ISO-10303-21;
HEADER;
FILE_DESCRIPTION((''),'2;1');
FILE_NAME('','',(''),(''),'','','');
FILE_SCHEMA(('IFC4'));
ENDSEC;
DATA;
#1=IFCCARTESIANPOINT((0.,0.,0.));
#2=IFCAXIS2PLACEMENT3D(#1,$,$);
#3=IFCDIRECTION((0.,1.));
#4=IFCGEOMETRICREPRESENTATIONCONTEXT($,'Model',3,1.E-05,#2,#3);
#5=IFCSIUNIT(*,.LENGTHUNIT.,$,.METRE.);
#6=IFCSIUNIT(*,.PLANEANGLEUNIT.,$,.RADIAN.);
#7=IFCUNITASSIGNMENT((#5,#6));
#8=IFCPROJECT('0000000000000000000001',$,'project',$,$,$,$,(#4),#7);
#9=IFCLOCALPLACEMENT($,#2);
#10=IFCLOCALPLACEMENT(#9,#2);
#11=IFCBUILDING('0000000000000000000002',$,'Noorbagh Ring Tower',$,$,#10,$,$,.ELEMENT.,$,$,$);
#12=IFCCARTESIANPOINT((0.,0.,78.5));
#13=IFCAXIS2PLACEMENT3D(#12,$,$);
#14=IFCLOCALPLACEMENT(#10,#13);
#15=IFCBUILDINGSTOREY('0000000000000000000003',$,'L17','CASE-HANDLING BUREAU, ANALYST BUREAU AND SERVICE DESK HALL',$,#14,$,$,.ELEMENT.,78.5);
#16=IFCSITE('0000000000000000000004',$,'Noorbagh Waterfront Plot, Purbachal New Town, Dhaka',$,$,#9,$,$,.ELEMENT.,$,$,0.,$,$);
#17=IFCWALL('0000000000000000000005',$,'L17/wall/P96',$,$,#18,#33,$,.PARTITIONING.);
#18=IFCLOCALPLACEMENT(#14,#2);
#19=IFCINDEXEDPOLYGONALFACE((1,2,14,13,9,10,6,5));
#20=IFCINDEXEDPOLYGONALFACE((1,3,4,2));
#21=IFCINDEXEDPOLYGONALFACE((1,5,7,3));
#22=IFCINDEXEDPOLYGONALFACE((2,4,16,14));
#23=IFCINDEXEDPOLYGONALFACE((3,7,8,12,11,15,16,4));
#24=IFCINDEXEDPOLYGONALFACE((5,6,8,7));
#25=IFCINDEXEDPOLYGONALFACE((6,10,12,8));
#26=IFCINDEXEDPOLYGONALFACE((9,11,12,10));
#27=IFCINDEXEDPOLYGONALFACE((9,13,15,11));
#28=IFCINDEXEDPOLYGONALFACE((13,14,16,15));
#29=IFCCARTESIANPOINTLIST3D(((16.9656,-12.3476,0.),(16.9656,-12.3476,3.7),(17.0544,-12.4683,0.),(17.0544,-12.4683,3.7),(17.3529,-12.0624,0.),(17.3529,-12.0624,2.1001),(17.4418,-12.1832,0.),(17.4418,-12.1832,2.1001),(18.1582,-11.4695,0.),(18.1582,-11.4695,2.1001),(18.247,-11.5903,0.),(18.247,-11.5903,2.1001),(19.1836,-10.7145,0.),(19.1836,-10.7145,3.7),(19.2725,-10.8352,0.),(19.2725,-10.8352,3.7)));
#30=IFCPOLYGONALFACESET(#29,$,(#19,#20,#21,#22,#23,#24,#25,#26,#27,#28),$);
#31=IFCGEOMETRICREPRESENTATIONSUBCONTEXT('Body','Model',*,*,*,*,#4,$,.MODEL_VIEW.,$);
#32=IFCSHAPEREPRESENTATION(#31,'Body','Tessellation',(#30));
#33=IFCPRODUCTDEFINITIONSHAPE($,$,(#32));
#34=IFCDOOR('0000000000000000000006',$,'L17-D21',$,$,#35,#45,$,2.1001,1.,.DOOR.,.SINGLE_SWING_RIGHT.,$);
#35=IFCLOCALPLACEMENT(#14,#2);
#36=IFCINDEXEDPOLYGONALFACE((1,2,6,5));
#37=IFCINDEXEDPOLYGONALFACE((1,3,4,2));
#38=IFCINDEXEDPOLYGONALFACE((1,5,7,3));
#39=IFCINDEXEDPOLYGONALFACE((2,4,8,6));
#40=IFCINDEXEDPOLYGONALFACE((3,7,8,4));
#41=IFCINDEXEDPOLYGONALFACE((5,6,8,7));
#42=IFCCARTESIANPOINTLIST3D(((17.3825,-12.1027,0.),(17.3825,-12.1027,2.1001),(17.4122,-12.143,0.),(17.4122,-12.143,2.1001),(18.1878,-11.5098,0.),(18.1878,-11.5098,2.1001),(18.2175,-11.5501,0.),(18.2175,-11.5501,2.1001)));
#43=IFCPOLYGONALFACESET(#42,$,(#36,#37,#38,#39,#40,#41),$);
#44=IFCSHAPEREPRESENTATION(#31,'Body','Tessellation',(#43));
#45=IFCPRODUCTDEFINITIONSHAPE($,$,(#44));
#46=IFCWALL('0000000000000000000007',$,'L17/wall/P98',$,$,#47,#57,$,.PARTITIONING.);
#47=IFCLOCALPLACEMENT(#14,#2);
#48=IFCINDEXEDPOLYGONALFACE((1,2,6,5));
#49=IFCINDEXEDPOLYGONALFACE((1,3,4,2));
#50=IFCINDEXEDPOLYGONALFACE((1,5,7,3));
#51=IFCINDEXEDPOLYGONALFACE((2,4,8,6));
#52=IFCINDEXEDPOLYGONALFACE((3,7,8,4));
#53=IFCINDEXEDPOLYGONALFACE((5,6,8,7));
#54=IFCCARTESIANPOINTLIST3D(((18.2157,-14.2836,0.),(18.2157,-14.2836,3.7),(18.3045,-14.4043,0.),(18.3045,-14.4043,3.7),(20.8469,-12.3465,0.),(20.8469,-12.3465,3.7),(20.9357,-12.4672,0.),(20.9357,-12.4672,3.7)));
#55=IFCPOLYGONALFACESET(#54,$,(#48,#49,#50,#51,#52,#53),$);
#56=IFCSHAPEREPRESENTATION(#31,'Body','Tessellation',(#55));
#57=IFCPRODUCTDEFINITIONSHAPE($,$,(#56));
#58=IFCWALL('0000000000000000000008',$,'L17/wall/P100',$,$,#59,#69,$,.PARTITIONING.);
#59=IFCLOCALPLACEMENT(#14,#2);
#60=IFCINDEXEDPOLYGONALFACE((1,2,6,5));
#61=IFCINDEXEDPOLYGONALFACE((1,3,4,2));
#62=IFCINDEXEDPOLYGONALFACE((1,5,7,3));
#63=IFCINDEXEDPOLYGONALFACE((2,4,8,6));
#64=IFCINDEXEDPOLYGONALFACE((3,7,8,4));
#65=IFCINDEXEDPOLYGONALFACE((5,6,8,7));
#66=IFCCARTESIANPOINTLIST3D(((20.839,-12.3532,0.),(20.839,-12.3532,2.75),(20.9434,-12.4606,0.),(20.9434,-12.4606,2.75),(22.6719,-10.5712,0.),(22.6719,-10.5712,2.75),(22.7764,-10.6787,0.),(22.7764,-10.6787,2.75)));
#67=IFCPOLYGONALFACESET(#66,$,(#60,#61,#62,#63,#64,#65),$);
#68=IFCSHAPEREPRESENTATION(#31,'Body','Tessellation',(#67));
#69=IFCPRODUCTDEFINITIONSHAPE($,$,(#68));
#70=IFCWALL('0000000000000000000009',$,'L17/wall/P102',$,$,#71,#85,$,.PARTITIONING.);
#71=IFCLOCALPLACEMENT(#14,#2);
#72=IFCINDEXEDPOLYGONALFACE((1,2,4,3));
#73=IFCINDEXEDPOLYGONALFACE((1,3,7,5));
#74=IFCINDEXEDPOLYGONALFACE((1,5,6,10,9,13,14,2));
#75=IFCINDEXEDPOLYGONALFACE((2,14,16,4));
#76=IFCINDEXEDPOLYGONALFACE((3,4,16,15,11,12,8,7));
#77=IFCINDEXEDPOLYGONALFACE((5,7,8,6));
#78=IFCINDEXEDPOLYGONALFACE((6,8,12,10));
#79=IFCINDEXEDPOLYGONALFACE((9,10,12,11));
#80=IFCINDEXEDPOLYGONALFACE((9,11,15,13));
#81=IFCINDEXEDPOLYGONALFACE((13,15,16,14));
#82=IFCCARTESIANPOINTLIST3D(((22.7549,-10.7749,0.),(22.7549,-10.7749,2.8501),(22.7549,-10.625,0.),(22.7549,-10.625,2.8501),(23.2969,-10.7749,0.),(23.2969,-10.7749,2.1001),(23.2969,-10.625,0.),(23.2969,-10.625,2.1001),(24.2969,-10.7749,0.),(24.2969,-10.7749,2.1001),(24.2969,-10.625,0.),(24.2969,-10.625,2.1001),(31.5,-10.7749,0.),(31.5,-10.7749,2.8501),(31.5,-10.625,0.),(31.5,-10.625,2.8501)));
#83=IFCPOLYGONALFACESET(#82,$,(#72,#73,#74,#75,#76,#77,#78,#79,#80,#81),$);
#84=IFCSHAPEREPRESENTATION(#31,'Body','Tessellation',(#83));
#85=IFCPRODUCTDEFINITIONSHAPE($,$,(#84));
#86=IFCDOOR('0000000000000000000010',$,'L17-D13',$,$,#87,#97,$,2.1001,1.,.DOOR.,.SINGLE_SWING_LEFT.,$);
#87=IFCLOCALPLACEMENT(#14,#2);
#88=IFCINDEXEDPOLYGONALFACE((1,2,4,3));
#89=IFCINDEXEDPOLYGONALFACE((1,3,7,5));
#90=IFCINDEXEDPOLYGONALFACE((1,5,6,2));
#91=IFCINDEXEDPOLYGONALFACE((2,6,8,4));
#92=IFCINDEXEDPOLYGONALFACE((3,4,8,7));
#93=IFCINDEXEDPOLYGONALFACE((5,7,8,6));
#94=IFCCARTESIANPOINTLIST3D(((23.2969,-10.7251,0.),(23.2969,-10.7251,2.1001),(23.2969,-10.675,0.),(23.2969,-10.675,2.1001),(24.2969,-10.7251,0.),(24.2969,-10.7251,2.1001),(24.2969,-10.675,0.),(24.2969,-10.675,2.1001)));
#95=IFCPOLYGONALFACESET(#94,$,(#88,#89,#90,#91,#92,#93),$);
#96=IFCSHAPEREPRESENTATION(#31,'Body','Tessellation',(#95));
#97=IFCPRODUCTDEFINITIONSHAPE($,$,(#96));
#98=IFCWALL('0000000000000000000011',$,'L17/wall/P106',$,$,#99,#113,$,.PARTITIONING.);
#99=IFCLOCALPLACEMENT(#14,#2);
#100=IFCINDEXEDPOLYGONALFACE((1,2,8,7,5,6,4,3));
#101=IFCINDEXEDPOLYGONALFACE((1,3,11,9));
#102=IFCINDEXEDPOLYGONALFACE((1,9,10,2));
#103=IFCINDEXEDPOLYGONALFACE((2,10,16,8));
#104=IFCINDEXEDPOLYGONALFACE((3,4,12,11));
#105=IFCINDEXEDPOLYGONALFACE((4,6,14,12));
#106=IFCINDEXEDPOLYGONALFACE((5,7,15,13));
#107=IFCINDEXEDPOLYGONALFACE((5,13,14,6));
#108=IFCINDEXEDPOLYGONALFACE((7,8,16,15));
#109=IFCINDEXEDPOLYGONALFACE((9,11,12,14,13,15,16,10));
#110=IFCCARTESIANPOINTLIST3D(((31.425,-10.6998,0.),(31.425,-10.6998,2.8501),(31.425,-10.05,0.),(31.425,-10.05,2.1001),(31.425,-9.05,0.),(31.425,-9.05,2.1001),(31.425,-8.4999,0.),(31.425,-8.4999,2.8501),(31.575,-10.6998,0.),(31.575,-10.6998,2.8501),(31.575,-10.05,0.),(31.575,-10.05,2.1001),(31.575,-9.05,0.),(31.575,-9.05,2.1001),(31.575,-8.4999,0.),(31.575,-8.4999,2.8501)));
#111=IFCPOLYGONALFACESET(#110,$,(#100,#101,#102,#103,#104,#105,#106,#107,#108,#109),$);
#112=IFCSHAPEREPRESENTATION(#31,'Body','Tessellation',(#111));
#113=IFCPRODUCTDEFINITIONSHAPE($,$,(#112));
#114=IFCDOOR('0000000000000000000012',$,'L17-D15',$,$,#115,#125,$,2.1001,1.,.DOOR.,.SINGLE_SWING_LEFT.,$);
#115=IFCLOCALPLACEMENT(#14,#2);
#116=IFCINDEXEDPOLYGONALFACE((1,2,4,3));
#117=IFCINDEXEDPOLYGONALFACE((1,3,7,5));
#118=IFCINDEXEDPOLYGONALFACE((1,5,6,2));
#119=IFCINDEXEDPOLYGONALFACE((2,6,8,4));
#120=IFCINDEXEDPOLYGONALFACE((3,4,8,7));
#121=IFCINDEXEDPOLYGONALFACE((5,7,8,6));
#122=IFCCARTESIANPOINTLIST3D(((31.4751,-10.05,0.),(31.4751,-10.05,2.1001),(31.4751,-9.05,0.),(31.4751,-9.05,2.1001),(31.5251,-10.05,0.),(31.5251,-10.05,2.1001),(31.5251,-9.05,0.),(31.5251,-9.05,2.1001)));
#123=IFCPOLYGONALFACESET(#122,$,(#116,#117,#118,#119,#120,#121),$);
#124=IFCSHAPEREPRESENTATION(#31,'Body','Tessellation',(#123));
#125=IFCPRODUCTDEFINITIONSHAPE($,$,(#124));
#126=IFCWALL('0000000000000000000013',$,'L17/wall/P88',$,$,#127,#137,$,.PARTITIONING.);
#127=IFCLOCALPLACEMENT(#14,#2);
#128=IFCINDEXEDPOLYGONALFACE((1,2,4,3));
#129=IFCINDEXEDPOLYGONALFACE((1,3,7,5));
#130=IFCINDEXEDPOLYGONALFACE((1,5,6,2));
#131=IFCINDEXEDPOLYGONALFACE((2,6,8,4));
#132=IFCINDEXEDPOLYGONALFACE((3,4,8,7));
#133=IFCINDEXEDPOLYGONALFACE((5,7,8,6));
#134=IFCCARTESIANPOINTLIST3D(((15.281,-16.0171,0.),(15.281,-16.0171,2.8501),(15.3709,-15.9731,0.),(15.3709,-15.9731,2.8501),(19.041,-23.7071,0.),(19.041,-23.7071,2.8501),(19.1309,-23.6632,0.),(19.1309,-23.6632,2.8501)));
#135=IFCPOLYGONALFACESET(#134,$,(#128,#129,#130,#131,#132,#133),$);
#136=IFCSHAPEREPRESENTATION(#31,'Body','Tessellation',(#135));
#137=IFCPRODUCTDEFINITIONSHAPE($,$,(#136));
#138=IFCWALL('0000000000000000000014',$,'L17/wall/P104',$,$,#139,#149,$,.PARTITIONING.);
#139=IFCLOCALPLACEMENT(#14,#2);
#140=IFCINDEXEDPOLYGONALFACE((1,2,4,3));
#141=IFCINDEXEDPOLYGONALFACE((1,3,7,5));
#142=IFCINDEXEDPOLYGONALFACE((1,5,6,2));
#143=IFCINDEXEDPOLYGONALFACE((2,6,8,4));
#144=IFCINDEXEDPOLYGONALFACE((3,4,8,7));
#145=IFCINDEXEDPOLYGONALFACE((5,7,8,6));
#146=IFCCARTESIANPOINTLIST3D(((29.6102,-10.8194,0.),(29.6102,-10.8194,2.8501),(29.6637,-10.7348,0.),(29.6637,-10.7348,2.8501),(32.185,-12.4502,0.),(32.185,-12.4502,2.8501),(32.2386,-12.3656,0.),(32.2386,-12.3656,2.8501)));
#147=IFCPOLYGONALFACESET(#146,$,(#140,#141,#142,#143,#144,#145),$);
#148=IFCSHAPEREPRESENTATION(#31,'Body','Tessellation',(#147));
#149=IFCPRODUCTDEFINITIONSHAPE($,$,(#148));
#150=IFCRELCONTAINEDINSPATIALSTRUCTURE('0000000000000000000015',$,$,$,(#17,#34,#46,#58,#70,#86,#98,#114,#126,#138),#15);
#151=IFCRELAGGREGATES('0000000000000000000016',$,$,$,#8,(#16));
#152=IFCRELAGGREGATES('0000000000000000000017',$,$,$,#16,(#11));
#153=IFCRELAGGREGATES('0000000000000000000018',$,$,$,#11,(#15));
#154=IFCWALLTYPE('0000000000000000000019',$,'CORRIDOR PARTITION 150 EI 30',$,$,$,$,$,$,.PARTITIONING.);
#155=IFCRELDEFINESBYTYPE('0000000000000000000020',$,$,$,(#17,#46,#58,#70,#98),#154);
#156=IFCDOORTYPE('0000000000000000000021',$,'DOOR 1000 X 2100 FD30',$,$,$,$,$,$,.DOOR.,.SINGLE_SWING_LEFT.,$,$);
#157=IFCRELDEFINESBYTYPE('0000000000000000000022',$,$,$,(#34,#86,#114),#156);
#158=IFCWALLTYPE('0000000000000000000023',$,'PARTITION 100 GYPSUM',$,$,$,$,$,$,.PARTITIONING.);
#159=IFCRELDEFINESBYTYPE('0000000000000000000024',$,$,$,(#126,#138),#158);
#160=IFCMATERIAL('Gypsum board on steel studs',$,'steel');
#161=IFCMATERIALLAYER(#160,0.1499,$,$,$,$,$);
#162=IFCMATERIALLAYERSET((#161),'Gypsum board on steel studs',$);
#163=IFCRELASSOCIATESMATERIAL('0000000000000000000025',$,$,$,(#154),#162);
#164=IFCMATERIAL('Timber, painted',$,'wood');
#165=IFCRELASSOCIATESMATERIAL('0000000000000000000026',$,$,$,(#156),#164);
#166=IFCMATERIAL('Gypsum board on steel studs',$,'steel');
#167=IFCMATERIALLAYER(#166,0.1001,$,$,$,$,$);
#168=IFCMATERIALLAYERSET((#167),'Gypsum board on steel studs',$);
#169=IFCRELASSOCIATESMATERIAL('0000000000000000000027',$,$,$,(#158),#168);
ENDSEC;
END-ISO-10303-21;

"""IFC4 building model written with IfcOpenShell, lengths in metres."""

from ifc_helpers import new_model, si_unit, direction, frame, frame_2d, origin, place, context, subcontext, project, spatial, rectangle, extrude, material, layer, layer_set, type_object, element, fill, save


model = new_model("IFC4")

# Units and contexts
model_context = context("Model", 3, precision=1e-05, world=origin(), true_north=direction((0.0, 1.0)))
body_context = subcontext(model_context, "Body", "Model", "MODEL_VIEW")
ifc_project = project(units=[si_unit("LENGTHUNIT", "METRE"), si_unit("PLANEANGLEUNIT", "RADIAN")], contexts=[model_context])

# Site, building, storey
site_placement = place(None, origin())
site = spatial("IfcSite", under=ifc_project, at=site_placement, Name="Noorbagh Waterfront Plot, Purbachal New Town, Dhaka", CompositionType="ELEMENT", RefElevation=0.0)
building_placement = place(site_placement, origin())
building = spatial("IfcBuilding", under=site, at=building_placement, Name="Noorbagh Ring Tower", CompositionType="ELEMENT")
storey_placement = place(building_placement, frame((0.0, 0.0, 78.5)))
storey = spatial("IfcBuildingStorey", under=building, at=storey_placement, Name="L17", Description="CASE-HANDLING BUREAU, ANALYST BUREAU AND SERVICE DESK HALL", CompositionType="ELEMENT", Elevation=78.5)

# Shared definitions
ifc_material_1 = material(Name="Gypsum board on steel studs", Category="steel")
ifc_layer_1 = layer(ifc_material_1, 0.1499)
ifc_layer_set_1 = layer_set([ifc_layer_1], Name="Gypsum board on steel studs")
wall_type_1 = type_object("IfcWallType", Name="CORRIDOR PARTITION 150 EI 30", PredefinedType="PARTITIONING", material=ifc_layer_set_1)

# Wall, opening, door
wall_1_placement = place(storey_placement, frame((17.01, -12.408, 0.0), z_axis=(0.0, 0.0, 1.0), x_axis=(0.805276, 0.5929, 0.0)))
wall_1 = element("IfcWall", 1, at=wall_1_placement, inside=storey, type_object=wall_type_1, Name="L17/wall/P96", PredefinedType="PARTITIONING", context=body_context, shape_type="SweptSolid", body=[
    extrude(rectangle(XDim=2.7544, YDim=0.1499, at=frame_2d((1.3772, 0.0))), origin(), (0.0, 0.0, 1.0), 3.7),
])
opening_1_placement = place(wall_1_placement, frame((0.481, 0.0, 0.0)))
opening_1 = element("IfcOpeningElement", 2, at=opening_1_placement, cuts=wall_1, PredefinedType="OPENING", context=body_context, shape_type="SweptSolid", body=[
    extrude(rectangle(XDim=1.0, YDim=2.1001, at=frame_2d((0.5, 1.05))), frame((0.0, 0.085, 0.0), z_axis=(0.0, -1.0, 0.0), x_axis=(1.0, 0.0, 0.0)), (0.0, 0.0, 1.0), 0.1699),
])
ifc_material_2 = material(Name="Timber, painted", Category="wood")
door_type = type_object("IfcDoorType", Name="DOOR 1000 X 2100 FD30", OperationType="SINGLE_SWING_LEFT", PredefinedType="DOOR", material=ifc_material_2)
door_1_placement = place(opening_1_placement, origin())
door_1 = element("IfcDoor", 3, at=door_1_placement, inside=storey, type_object=door_type, Name="L17-D21", OperationType="SINGLE_SWING_RIGHT", OverallHeight=2.1001, OverallWidth=1.0, PredefinedType="DOOR", context=body_context, shape_type="SweptSolid", body=[
    extrude(rectangle(XDim=1.0, YDim=2.1001, at=frame_2d((0.5, 1.05))), frame((0.0, 0.0249, 0.0), z_axis=(0.0, -1.0, 0.0), x_axis=(1.0, 0.0, 0.0)), (0.0, 0.0, 1.0), 0.05),
])
fill(opening_1, door_1)

# Walls
wall_2_placement = place(storey_placement, frame((18.26, -14.344, 0.0), z_axis=(0.0, 0.0, 1.0), x_axis=(0.805304, 0.592863, 0.0)))
element("IfcWall", 4, at=wall_2_placement, inside=storey, type_object=wall_type_1, Name="L17/wall/P98", PredefinedType="PARTITIONING", context=body_context, shape_type="SweptSolid", body=[
    extrude(rectangle(XDim=3.2673, YDim=0.1499, at=frame_2d((1.6338, 0.0))), origin(), (0.0, 0.0, 1.0), 3.7),
])
wall_3_placement = place(storey_placement, frame((20.8911, -12.407, 0.0), z_axis=(0.0, 0.0, 1.0), x_axis=(0.717016, 0.697057, 0.0)))
element("IfcWall", 5, at=wall_3_placement, inside=storey, type_object=wall_type_1, Name="L17/wall/P100", PredefinedType="PARTITIONING", context=body_context, shape_type="SweptSolid", body=[
    extrude(rectangle(XDim=2.5564, YDim=0.1499, at=frame_2d((1.2783, 0.0))), origin(), (0.0, 0.0, 1.0), 2.75),
])

# Walls, openings, doors
wall_4_placement = place(storey_placement, frame((22.7549, -10.7, 0.0), z_axis=(0.0, 0.0, 1.0), x_axis=(1.0, 0.0, 0.0)))
wall_4 = element("IfcWall", 6, at=wall_4_placement, inside=storey, type_object=wall_type_1, Name="L17/wall/P102", PredefinedType="PARTITIONING", context=body_context, shape_type="SweptSolid", body=[
    extrude(rectangle(XDim=8.7451, YDim=0.1499, at=frame_2d((4.3726, 0.0))), origin(), (0.0, 0.0, 1.0), 2.8501),
])
opening_2_placement = place(wall_4_placement, frame((0.542, 0.0, 0.0)))
opening_2 = element("IfcOpeningElement", 7, at=opening_2_placement, cuts=wall_4, PredefinedType="OPENING", context=body_context, shape_type="SweptSolid", body=[
    extrude(rectangle(XDim=1.0, YDim=2.1001, at=frame_2d((0.5, 1.05))), frame((0.0, 0.085, 0.0), z_axis=(0.0, -1.0, 0.0), x_axis=(1.0, 0.0, 0.0)), (0.0, 0.0, 1.0), 0.1699),
])
door_2_placement = place(opening_2_placement, origin())
door_2 = element("IfcDoor", 8, at=door_2_placement, inside=storey, type_object=door_type, Name="L17-D13", OperationType="SINGLE_SWING_LEFT", OverallHeight=2.1001, OverallWidth=1.0, PredefinedType="DOOR", context=body_context, shape_type="SweptSolid", body=[
    extrude(rectangle(XDim=1.0, YDim=2.1001, at=frame_2d((0.5, 1.05))), frame((0.0, 0.0249, 0.0), z_axis=(0.0, -1.0, 0.0), x_axis=(1.0, 0.0, 0.0)), (0.0, 0.0, 1.0), 0.05),
])
fill(opening_2, door_2)
wall_5_placement = place(storey_placement, frame((31.5, -10.7, 0.0), z_axis=(0.0, 0.0, 1.0), x_axis=(0.0, 1.0, 0.0)))
wall_5 = element("IfcWall", 9, at=wall_5_placement, inside=storey, type_object=wall_type_1, Name="L17/wall/P106", PredefinedType="PARTITIONING", context=body_context, shape_type="SweptSolid", body=[
    extrude(rectangle(XDim=2.2, YDim=0.1499, at=frame_2d((1.1001, 0.0))), origin(), (0.0, 0.0, 1.0), 2.8501),
])
opening_3_placement = place(wall_5_placement, frame((0.6499, 0.0, 0.0)))
opening_3 = element("IfcOpeningElement", 10, at=opening_3_placement, cuts=wall_5, PredefinedType="OPENING", context=body_context, shape_type="SweptSolid", body=[
    extrude(rectangle(XDim=1.0, YDim=2.1001, at=frame_2d((0.5, 1.05))), frame((0.0, 0.085, 0.0), z_axis=(0.0, -1.0, 0.0), x_axis=(1.0, 0.0, 0.0)), (0.0, 0.0, 1.0), 0.1699),
])
door_3_placement = place(opening_3_placement, origin())
door_3 = element("IfcDoor", 11, at=door_3_placement, inside=storey, type_object=door_type, Name="L17-D15", OperationType="SINGLE_SWING_LEFT", OverallHeight=2.1001, OverallWidth=1.0, PredefinedType="DOOR", context=body_context, shape_type="SweptSolid", body=[
    extrude(rectangle(XDim=1.0, YDim=2.1001, at=frame_2d((0.5, 1.05))), frame((0.0, 0.0249, 0.0), z_axis=(0.0, -1.0, 0.0), x_axis=(1.0, 0.0, 0.0)), (0.0, 0.0, 1.0), 0.05),
])
fill(opening_3, door_3)

# Walls
ifc_material_3 = material(Name="Gypsum board on steel studs", Category="steel")
ifc_layer_2 = layer(ifc_material_3, 0.1001)
ifc_layer_set_2 = layer_set([ifc_layer_2], Name="Gypsum board on steel studs")
wall_type_2 = type_object("IfcWallType", Name="PARTITION 100 GYPSUM", PredefinedType="PARTITIONING", material=ifc_layer_set_2)
wall_6_placement = place(storey_placement, frame((15.3259, -15.9951, 0.0), z_axis=(0.0, 0.0, 1.0), x_axis=(0.439256, -0.898362, 0.0)))
element("IfcWall", 12, at=wall_6_placement, inside=storey, type_object=wall_type_2, Name="L17/wall/P88", PredefinedType="PARTITIONING", context=body_context, shape_type="SweptSolid", body=[
    extrude(rectangle(XDim=8.5601, YDim=0.1001, at=frame_2d((4.28, 0.0))), origin(), (0.0, 0.0, 1.0), 2.8501),
])
wall_7_placement = place(storey_placement, frame((29.637, -10.7771, 0.0), z_axis=(0.0, 0.0, 1.0), x_axis=(0.844811, -0.535065, 0.0)))
element("IfcWall", 13, at=wall_7_placement, inside=storey, type_object=wall_type_2, Name="L17/wall/P104", PredefinedType="PARTITIONING", context=body_context, shape_type="SweptSolid", body=[
    extrude(rectangle(XDim=3.0479, YDim=0.1001, at=frame_2d((1.5239, 0.0))), origin(), (0.0, 0.0, 1.0), 2.8501),
])

save(model, "model.ifc")
